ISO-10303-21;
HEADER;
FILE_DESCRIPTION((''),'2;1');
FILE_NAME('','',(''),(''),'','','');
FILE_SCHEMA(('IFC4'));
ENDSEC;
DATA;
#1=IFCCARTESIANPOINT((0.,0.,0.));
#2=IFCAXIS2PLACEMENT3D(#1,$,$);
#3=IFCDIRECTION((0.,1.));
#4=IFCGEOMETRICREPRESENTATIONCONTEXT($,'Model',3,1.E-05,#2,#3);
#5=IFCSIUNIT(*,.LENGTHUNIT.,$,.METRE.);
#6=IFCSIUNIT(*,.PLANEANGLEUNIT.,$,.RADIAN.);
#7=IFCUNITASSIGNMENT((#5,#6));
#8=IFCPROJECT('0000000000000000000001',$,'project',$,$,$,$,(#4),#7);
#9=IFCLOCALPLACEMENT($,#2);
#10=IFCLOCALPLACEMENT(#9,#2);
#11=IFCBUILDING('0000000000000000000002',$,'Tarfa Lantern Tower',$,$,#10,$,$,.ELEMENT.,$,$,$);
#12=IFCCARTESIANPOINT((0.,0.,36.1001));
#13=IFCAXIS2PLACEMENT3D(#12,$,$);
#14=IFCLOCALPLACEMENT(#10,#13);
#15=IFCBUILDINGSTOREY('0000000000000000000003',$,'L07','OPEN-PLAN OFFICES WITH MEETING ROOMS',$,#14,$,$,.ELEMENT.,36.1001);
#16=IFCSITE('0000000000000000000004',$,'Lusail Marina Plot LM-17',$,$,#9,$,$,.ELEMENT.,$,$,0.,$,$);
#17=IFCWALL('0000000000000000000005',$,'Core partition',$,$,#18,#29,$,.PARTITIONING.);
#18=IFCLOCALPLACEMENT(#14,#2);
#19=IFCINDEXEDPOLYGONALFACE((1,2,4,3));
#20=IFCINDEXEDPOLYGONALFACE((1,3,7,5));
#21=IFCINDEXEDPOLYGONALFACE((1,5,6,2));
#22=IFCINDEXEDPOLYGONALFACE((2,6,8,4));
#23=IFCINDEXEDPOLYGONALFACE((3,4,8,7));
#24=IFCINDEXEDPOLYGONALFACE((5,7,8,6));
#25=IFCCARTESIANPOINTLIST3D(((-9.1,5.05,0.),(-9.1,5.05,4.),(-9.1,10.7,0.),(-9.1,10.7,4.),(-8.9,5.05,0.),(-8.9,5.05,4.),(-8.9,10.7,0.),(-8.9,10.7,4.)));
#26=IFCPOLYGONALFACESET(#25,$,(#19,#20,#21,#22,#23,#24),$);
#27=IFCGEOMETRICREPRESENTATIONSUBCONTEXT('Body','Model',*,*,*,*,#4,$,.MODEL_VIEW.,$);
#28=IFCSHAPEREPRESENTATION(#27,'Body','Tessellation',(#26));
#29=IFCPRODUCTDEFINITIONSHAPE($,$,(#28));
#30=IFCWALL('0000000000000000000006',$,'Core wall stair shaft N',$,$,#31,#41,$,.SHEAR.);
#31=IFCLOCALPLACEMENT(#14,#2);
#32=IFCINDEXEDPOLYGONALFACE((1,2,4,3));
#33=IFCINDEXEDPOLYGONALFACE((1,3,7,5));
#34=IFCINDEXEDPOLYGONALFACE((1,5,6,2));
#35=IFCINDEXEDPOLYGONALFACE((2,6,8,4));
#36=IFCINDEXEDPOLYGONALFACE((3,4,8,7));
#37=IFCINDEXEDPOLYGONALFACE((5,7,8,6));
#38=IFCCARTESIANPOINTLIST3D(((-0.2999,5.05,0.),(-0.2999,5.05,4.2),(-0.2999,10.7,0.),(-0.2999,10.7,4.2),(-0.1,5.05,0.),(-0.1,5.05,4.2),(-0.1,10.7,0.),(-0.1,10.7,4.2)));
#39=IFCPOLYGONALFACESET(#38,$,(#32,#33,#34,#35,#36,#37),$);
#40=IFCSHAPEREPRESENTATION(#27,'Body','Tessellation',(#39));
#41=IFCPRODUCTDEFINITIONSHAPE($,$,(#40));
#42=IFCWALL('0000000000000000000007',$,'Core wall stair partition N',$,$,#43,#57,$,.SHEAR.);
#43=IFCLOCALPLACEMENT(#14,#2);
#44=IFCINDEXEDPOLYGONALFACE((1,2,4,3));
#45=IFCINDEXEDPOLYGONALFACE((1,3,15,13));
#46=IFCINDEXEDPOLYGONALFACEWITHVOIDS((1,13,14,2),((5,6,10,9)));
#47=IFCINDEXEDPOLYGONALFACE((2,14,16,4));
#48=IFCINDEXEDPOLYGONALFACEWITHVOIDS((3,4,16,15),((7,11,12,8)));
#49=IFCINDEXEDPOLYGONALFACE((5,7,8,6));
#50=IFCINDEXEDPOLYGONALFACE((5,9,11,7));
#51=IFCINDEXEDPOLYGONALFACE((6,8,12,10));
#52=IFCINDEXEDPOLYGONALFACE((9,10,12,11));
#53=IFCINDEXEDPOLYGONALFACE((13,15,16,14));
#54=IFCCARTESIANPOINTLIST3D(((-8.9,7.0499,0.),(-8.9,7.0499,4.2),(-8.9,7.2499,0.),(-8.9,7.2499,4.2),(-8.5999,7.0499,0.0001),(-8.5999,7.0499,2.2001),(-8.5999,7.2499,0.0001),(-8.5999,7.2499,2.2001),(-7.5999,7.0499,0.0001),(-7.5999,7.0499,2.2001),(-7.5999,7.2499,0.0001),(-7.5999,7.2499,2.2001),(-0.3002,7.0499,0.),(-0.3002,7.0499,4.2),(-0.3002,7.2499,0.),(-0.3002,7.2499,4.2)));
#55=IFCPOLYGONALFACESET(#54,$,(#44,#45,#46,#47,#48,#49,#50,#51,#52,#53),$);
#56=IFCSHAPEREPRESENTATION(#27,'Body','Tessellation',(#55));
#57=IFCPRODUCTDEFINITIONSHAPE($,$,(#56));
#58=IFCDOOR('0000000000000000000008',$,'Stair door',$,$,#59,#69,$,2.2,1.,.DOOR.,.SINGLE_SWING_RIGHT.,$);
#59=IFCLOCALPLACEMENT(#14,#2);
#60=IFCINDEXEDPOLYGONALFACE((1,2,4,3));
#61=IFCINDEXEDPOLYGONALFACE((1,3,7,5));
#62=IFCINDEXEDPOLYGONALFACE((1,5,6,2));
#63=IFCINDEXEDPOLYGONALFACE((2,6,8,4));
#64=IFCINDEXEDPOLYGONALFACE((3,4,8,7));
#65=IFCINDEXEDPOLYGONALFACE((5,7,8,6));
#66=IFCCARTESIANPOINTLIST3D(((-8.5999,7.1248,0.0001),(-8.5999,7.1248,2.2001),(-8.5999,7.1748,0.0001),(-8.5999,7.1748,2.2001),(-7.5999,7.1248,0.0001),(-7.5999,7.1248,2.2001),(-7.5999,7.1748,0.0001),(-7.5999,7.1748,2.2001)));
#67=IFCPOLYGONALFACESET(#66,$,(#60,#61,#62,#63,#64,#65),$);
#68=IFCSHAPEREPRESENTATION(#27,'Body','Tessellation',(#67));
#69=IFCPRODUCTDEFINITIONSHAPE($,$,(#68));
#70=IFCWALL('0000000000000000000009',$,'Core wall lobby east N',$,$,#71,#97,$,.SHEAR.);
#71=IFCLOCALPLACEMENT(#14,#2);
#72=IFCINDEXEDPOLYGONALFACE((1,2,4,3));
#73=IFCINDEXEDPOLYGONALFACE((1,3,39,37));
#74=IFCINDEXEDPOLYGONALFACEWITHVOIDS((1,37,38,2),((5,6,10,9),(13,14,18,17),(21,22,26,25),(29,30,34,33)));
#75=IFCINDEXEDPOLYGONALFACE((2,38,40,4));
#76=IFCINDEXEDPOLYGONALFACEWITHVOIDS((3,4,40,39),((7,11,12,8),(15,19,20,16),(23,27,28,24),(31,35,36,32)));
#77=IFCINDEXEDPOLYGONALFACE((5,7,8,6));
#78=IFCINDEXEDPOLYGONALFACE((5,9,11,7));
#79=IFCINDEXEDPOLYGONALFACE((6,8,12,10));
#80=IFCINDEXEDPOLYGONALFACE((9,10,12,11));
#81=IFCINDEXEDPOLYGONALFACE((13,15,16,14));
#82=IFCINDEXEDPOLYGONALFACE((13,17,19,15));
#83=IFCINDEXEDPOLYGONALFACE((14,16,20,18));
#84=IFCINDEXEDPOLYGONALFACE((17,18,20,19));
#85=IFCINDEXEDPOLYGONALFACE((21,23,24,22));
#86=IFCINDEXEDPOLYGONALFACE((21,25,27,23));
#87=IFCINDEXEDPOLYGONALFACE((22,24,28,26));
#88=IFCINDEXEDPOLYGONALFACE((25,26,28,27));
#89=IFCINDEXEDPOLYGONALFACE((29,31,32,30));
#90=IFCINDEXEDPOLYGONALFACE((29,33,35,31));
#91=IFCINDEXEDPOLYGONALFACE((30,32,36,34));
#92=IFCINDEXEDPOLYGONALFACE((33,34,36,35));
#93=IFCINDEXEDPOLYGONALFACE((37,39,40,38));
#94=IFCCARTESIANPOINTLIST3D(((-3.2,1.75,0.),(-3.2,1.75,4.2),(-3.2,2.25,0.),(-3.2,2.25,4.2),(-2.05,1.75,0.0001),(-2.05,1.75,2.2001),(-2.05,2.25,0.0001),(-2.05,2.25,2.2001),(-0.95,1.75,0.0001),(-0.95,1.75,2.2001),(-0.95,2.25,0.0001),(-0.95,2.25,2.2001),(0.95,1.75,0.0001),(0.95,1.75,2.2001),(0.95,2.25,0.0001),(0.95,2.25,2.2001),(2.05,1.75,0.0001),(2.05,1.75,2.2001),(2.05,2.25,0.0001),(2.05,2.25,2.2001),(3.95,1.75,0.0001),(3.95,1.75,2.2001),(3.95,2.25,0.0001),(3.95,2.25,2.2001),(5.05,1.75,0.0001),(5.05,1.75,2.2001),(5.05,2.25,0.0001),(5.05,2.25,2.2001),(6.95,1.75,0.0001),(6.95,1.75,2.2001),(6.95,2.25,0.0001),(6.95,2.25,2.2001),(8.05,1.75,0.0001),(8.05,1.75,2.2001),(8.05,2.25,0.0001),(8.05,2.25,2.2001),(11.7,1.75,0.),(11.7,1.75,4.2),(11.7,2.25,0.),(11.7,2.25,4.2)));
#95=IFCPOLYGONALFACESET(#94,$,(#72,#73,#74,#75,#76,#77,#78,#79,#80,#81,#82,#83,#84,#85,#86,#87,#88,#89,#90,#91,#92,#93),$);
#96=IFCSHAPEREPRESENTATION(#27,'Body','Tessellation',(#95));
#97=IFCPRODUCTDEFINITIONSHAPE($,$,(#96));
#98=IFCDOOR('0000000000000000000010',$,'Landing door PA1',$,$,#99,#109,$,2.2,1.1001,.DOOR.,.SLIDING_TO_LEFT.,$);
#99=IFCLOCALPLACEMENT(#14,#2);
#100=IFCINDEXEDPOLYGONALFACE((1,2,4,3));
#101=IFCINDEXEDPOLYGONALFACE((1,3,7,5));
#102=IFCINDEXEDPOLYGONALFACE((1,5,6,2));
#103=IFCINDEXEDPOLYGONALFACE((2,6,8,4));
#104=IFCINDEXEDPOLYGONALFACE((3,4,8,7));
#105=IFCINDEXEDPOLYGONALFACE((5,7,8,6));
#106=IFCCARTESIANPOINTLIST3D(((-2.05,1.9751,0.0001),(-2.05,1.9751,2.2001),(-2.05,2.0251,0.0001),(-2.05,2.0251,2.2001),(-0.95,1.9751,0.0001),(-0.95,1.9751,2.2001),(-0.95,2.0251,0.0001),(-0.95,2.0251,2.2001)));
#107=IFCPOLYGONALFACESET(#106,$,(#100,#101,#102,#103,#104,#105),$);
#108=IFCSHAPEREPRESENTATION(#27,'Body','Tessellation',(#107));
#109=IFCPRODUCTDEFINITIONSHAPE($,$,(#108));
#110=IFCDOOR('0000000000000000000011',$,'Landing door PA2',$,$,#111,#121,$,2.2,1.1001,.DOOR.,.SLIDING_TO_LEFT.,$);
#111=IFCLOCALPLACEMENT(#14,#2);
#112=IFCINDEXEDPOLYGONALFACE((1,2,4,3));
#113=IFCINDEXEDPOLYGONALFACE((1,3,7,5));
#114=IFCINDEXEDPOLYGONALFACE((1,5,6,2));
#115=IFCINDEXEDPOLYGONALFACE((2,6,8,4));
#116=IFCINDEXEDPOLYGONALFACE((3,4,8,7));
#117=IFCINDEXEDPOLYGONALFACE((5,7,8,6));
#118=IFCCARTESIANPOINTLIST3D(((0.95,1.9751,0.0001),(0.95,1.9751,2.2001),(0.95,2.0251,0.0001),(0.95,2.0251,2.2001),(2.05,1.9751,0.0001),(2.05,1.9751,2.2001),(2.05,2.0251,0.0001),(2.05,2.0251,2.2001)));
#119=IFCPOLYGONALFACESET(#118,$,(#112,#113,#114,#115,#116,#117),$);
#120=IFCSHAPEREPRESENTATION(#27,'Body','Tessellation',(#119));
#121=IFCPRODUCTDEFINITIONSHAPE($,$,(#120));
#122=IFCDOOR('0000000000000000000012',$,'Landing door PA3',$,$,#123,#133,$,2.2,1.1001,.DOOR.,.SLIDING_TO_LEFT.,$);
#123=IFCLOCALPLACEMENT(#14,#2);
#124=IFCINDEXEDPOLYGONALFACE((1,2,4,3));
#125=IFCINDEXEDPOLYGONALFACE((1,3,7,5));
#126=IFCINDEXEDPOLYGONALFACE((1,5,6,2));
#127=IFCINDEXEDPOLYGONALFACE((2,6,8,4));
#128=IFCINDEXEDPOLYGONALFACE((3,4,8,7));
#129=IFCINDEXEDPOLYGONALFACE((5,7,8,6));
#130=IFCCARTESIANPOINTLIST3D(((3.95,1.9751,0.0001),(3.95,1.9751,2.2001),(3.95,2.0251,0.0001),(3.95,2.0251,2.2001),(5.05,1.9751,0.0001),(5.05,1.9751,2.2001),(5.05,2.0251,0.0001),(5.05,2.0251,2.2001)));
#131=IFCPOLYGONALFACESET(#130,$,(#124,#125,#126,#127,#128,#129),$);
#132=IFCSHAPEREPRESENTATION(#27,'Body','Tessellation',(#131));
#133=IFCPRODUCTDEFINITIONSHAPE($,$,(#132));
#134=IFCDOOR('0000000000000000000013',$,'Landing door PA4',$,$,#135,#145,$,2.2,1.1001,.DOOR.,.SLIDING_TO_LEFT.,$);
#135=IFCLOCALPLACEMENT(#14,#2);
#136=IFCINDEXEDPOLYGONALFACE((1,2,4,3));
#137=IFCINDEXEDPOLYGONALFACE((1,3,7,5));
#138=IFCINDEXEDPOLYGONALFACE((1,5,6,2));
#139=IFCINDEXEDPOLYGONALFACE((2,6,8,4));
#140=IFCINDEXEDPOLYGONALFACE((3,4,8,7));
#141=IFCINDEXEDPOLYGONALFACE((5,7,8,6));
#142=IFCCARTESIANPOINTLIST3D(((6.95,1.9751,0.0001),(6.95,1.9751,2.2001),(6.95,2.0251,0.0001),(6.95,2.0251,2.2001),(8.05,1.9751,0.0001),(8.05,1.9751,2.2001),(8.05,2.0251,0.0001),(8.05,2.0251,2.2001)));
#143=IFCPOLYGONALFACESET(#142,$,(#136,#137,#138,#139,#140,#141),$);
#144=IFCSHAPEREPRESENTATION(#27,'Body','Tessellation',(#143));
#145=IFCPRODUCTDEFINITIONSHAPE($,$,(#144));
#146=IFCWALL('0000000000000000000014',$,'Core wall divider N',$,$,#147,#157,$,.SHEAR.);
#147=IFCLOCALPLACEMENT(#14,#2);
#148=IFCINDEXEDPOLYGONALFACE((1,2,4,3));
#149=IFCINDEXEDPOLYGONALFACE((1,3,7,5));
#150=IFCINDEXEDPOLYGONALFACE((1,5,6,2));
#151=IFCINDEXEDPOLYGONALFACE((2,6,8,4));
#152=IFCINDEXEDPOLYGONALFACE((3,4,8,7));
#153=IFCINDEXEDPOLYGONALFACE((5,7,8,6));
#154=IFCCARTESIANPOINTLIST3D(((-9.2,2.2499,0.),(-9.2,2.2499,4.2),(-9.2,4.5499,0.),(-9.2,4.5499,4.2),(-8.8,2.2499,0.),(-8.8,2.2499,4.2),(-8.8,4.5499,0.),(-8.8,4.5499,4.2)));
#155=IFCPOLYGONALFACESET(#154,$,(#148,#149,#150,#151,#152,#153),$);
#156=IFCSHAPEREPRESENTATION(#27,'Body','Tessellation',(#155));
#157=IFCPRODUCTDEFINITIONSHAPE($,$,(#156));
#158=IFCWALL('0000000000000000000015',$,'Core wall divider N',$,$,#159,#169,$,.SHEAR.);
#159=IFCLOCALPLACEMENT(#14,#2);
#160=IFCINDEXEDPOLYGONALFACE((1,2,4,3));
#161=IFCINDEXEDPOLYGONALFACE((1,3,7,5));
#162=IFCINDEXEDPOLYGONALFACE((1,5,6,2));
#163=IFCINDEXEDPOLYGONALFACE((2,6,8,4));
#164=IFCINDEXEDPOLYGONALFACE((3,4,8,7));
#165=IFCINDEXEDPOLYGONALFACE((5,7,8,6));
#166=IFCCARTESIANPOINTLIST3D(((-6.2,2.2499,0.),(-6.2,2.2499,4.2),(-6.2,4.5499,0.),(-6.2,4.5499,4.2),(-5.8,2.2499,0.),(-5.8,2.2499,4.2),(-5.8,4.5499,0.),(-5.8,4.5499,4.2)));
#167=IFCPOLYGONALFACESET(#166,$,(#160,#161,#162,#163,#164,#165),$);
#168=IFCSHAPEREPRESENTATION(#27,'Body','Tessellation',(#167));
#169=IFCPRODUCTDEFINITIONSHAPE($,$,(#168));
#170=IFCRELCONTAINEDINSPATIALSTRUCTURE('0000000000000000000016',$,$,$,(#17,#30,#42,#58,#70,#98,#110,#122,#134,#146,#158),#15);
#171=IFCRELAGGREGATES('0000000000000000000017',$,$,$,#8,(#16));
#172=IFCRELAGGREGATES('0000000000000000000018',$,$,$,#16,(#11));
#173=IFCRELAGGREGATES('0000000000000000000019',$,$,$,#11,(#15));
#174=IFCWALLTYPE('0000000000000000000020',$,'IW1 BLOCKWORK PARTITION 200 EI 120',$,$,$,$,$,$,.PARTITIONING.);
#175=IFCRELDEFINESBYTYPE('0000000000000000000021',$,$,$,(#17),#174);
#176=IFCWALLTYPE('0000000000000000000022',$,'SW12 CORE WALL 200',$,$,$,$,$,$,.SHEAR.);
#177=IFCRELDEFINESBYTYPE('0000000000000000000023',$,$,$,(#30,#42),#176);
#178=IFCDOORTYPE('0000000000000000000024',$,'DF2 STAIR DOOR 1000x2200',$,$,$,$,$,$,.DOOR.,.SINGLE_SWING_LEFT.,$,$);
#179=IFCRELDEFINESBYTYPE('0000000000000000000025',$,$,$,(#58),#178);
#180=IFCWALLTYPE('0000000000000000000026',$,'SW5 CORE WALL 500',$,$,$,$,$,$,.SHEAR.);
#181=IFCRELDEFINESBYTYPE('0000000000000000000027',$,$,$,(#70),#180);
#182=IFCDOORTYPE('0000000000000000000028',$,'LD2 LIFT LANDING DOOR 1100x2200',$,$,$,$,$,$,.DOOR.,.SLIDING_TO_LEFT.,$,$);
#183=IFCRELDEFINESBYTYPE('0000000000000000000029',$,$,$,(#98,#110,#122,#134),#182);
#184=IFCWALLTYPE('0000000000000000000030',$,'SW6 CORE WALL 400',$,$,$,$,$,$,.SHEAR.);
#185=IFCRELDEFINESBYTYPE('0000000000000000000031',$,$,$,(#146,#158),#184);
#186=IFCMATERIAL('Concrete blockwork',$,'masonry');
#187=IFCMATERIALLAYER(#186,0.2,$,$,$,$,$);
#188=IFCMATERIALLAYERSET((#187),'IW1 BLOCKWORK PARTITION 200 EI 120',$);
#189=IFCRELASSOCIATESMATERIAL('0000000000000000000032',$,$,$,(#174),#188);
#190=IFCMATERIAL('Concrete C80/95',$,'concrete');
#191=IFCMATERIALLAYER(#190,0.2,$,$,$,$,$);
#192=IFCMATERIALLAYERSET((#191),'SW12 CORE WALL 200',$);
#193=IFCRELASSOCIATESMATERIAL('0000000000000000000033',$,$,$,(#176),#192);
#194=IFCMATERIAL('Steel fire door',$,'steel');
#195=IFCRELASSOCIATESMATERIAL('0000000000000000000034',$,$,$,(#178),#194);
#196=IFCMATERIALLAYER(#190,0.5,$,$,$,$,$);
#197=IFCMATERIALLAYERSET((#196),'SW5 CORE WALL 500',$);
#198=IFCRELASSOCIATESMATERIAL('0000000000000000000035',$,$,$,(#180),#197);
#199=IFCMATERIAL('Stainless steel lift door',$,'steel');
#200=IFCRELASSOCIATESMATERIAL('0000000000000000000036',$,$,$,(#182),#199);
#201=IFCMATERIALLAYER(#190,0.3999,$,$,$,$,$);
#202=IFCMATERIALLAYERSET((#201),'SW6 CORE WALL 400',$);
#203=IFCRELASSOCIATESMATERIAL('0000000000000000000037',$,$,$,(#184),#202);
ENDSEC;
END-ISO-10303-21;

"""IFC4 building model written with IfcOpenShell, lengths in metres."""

from ifc_helpers import new_model, si_unit, direction, frame, frame_2d, origin, place, context, subcontext, project, spatial, rectangle, extrude, material, layer, layer_set, type_object, element, fill, save


model = new_model("IFC4")

# Units and contexts
model_context = context("Model", 3, precision=1e-05, world=origin(), true_north=direction((0.0, 1.0)))
body_context = subcontext(model_context, "Body", "Model", "MODEL_VIEW")
ifc_project = project(units=[si_unit("LENGTHUNIT", "METRE"), si_unit("PLANEANGLEUNIT", "RADIAN")], contexts=[model_context])

# Site, building, storey
site_placement = place(None, origin())
site = spatial("IfcSite", under=ifc_project, at=site_placement, Name="Lusail Marina Plot LM-17", CompositionType="ELEMENT", RefElevation=0.0)
building_placement = place(site_placement, origin())
building = spatial("IfcBuilding", under=site, at=building_placement, Name="Tarfa Lantern Tower", CompositionType="ELEMENT")
storey_placement = place(building_placement, frame((0.0, 0.0, 36.1001)))
storey = spatial("IfcBuildingStorey", under=building, at=storey_placement, Name="L07", Description="OPEN-PLAN OFFICES WITH MEETING ROOMS", CompositionType="ELEMENT", Elevation=36.1001)

# Walls
ifc_material_1 = material(Name="Concrete blockwork", Category="masonry")
ifc_layer_1 = layer(ifc_material_1, 0.2)
ifc_layer_set_1 = layer_set([ifc_layer_1], Name="IW1 BLOCKWORK PARTITION 200 EI 120")
wall_type_1 = type_object("IfcWallType", Name="IW1 BLOCKWORK PARTITION 200 EI 120", PredefinedType="PARTITIONING", material=ifc_layer_set_1)
wall_1_placement = place(storey_placement, frame((-9.0, 5.05, 0.0), z_axis=(0.0, 0.0, 1.0), x_axis=(0.0, 1.0, 0.0)))
element("IfcWall", 1, at=wall_1_placement, inside=storey, type_object=wall_type_1, Name="Core partition", PredefinedType="PARTITIONING", context=body_context, shape_type="SweptSolid", body=[
    extrude(rectangle(XDim=5.6499, YDim=0.2, at=frame_2d((2.825, 0.0))), origin(), (0.0, 0.0, 1.0), 4.0),
])
ifc_material_2 = material(Name="Concrete C80/95", Category="concrete")
ifc_layer_2 = layer(ifc_material_2, 0.2)
ifc_layer_set_2 = layer_set([ifc_layer_2], Name="SW12 CORE WALL 200")
wall_type_2 = type_object("IfcWallType", Name="SW12 CORE WALL 200", PredefinedType="SHEAR", material=ifc_layer_set_2)
wall_2_placement = place(storey_placement, frame((-0.2, 5.05, 0.0), z_axis=(0.0, 0.0, 1.0), x_axis=(0.0, 1.0, 0.0)))
element("IfcWall", 2, at=wall_2_placement, inside=storey, type_object=wall_type_2, Name="Core wall stair shaft N", PredefinedType="SHEAR", context=body_context, shape_type="SweptSolid", body=[
    extrude(rectangle(XDim=5.6499, YDim=0.2, at=frame_2d((2.825, 0.0))), origin(), (0.0, 0.0, 1.0), 4.2),
])

# Wall, opening, door
wall_3_placement = place(storey_placement, frame((-8.8999, 7.1499, 0.0), z_axis=(0.0, 0.0, 1.0), x_axis=(1.0, 0.0, 0.0)))
wall_3 = element("IfcWall", 3, at=wall_3_placement, inside=storey, type_object=wall_type_2, Name="Core wall stair partition N", PredefinedType="SHEAR", context=body_context, shape_type="SweptSolid", body=[
    extrude(rectangle(XDim=8.5999, YDim=0.2, at=frame_2d((4.2998, 0.0))), origin(), (0.0, 0.0, 1.0), 4.2),
])
opening_1_placement = place(wall_3_placement, frame((0.3, 0.0, 0.0)))
opening_1 = element("IfcOpeningElement", 4, at=opening_1_placement, cuts=wall_3, PredefinedType="OPENING", context=body_context, shape_type="SweptSolid", body=[
    extrude(rectangle(XDim=1.0, YDim=2.2, at=frame_2d((0.5, 1.1001))), frame((0.0, 0.1099, 0.0), z_axis=(0.0, -1.0, 0.0), x_axis=(1.0, 0.0, 0.0)), (0.0, 0.0, 1.0), 0.22),
])
ifc_material_3 = material(Name="Steel fire door", Category="steel")
door_type_1 = type_object("IfcDoorType", Name="DF2 STAIR DOOR 1000x2200", OperationType="SINGLE_SWING_LEFT", PredefinedType="DOOR", material=ifc_material_3)
door_1_placement = place(opening_1_placement, origin())
door_1 = element("IfcDoor", 5, at=door_1_placement, inside=storey, type_object=door_type_1, Name="Stair door", OperationType="SINGLE_SWING_RIGHT", OverallHeight=2.2, OverallWidth=1.0, PredefinedType="DOOR", context=body_context, shape_type="SweptSolid", body=[
    extrude(rectangle(XDim=1.0, YDim=2.2, at=frame_2d((0.5, 1.1001))), frame((0.0, 0.0249, 0.0), z_axis=(0.0, -1.0, 0.0), x_axis=(1.0, 0.0, 0.0)), (0.0, 0.0, 1.0), 0.05),
])
fill(opening_1, door_1)

# Wall, openings, doors
ifc_layer_3 = layer(ifc_material_2, 0.5)
ifc_layer_set_3 = layer_set([ifc_layer_3], Name="SW5 CORE WALL 500")
wall_type_3 = type_object("IfcWallType", Name="SW5 CORE WALL 500", PredefinedType="SHEAR", material=ifc_layer_set_3)
wall_4_placement = place(storey_placement, frame((-3.2, 2.0, 0.0), z_axis=(0.0, 0.0, 1.0), x_axis=(1.0, 0.0, 0.0)))
wall_4 = element("IfcWall", 6, at=wall_4_placement, inside=storey, type_object=wall_type_3, Name="Core wall lobby east N", PredefinedType="SHEAR", context=body_context, shape_type="SweptSolid", body=[
    extrude(rectangle(XDim=14.8999, YDim=0.5, at=frame_2d((7.45, 0.0))), origin(), (0.0, 0.0, 1.0), 4.2),
])
opening_2_placement = place(wall_4_placement, frame((1.1499, 0.0, 0.0)))
opening_2 = element("IfcOpeningElement", 7, at=opening_2_placement, cuts=wall_4, PredefinedType="OPENING", context=body_context, shape_type="SweptSolid", body=[
    extrude(rectangle(XDim=1.1001, YDim=2.2, at=frame_2d((0.55, 1.1001))), frame((0.0, 0.26, 0.0), z_axis=(0.0, -1.0, 0.0), x_axis=(1.0, 0.0, 0.0)), (0.0, 0.0, 1.0), 0.52),
])
opening_3_placement = place(wall_4_placement, frame((4.1499, 0.0, 0.0)))
opening_3 = element("IfcOpeningElement", 8, at=opening_3_placement, cuts=wall_4, PredefinedType="OPENING", context=body_context, shape_type="SweptSolid", body=[
    extrude(rectangle(XDim=1.1001, YDim=2.2, at=frame_2d((0.55, 1.1001))), frame((0.0, 0.26, 0.0), z_axis=(0.0, -1.0, 0.0), x_axis=(1.0, 0.0, 0.0)), (0.0, 0.0, 1.0), 0.52),
])
opening_4_placement = place(wall_4_placement, frame((7.1499, 0.0, 0.0)))
opening_4 = element("IfcOpeningElement", 9, at=opening_4_placement, cuts=wall_4, PredefinedType="OPENING", context=body_context, shape_type="SweptSolid", body=[
    extrude(rectangle(XDim=1.1001, YDim=2.2, at=frame_2d((0.55, 1.1001))), frame((0.0, 0.26, 0.0), z_axis=(0.0, -1.0, 0.0), x_axis=(1.0, 0.0, 0.0)), (0.0, 0.0, 1.0), 0.52),
])
opening_5_placement = place(wall_4_placement, frame((10.1499, 0.0, 0.0)))
opening_5 = element("IfcOpeningElement", 10, at=opening_5_placement, cuts=wall_4, PredefinedType="OPENING", context=body_context, shape_type="SweptSolid", body=[
    extrude(rectangle(XDim=1.1001, YDim=2.2, at=frame_2d((0.55, 1.1001))), frame((0.0, 0.26, 0.0), z_axis=(0.0, -1.0, 0.0), x_axis=(1.0, 0.0, 0.0)), (0.0, 0.0, 1.0), 0.52),
])
ifc_material_4 = material(Name="Stainless steel lift door", Category="steel")
door_type_2 = type_object("IfcDoorType", Name="LD2 LIFT LANDING DOOR 1100x2200", OperationType="SLIDING_TO_LEFT", PredefinedType="DOOR", material=ifc_material_4)
door_2_placement = place(opening_2_placement, frame((1.1001, 0.0, 0.0), z_axis=(0.0, 0.0, 1.0), x_axis=(-1.0, 0.0, 0.0)))
door_2 = element("IfcDoor", 11, at=door_2_placement, inside=storey, type_object=door_type_2, Name="Landing door PA1", OperationType="SLIDING_TO_LEFT", OverallHeight=2.2, OverallWidth=1.1001, PredefinedType="DOOR", context=body_context, shape_type="SweptSolid", body=[
    extrude(rectangle(XDim=1.1001, YDim=2.2, at=frame_2d((0.55, 1.1001))), frame((0.0, 0.0249, 0.0), z_axis=(0.0, -1.0, 0.0), x_axis=(1.0, 0.0, 0.0)), (0.0, 0.0, 1.0), 0.05),
])
fill(opening_2, door_2)
door_3_placement = place(opening_3_placement, frame((1.1001, 0.0, 0.0), z_axis=(0.0, 0.0, 1.0), x_axis=(-1.0, 0.0, 0.0)))
door_3 = element("IfcDoor", 12, at=door_3_placement, inside=storey, type_object=door_type_2, Name="Landing door PA2", OperationType="SLIDING_TO_LEFT", OverallHeight=2.2, OverallWidth=1.1001, PredefinedType="DOOR", context=body_context, shape_type="SweptSolid", body=[
    extrude(rectangle(XDim=1.1001, YDim=2.2, at=frame_2d((0.55, 1.1001))), frame((0.0, 0.0249, 0.0), z_axis=(0.0, -1.0, 0.0), x_axis=(1.0, 0.0, 0.0)), (0.0, 0.0, 1.0), 0.05),
])
fill(opening_3, door_3)
door_4_placement = place(opening_4_placement, frame((1.1001, 0.0, 0.0), z_axis=(0.0, 0.0, 1.0), x_axis=(-1.0, 0.0, 0.0)))
door_4 = element("IfcDoor", 13, at=door_4_placement, inside=storey, type_object=door_type_2, Name="Landing door PA3", OperationType="SLIDING_TO_LEFT", OverallHeight=2.2, OverallWidth=1.1001, PredefinedType="DOOR", context=body_context, shape_type="SweptSolid", body=[
    extrude(rectangle(XDim=1.1001, YDim=2.2, at=frame_2d((0.55, 1.1001))), frame((0.0, 0.0249, 0.0), z_axis=(0.0, -1.0, 0.0), x_axis=(1.0, 0.0, 0.0)), (0.0, 0.0, 1.0), 0.05),
])
fill(opening_4, door_4)
door_5_placement = place(opening_5_placement, frame((1.1001, 0.0, 0.0), z_axis=(0.0, 0.0, 1.0), x_axis=(-1.0, 0.0, 0.0)))
door_5 = element("IfcDoor", 14, at=door_5_placement, inside=storey, type_object=door_type_2, Name="Landing door PA4", OperationType="SLIDING_TO_LEFT", OverallHeight=2.2, OverallWidth=1.1001, PredefinedType="DOOR", context=body_context, shape_type="SweptSolid", body=[
    extrude(rectangle(XDim=1.1001, YDim=2.2, at=frame_2d((0.55, 1.1001))), frame((0.0, 0.0249, 0.0), z_axis=(0.0, -1.0, 0.0), x_axis=(1.0, 0.0, 0.0)), (0.0, 0.0, 1.0), 0.05),
])
fill(opening_5, door_5)

# Walls
ifc_layer_4 = layer(ifc_material_2, 0.3999)
ifc_layer_set_4 = layer_set([ifc_layer_4], Name="SW6 CORE WALL 400")
wall_type_4 = type_object("IfcWallType", Name="SW6 CORE WALL 400", PredefinedType="SHEAR", material=ifc_layer_set_4)
for number, where, z_axis, x_axis, name in (
    (15, (-9.0, 2.25, 0.0), (0.0, 0.0, 1.0), (0.0, 1.0, 0.0), "Core wall divider N"),
    (16, (-6.0, 2.25, 0.0), (0.0, 0.0, 1.0), (0.0, 1.0, 0.0), "Core wall divider N"),
):
    element("IfcWall", number, at=place(storey_placement, frame(where, z_axis=z_axis, x_axis=x_axis)), inside=storey, type_object=wall_type_4, Name=name, PredefinedType="SHEAR", context=body_context, shape_type="SweptSolid", body=[
        extrude(rectangle(XDim=2.3, YDim=0.3999, at=frame_2d((1.1499, 0.0))), origin(), (0.0, 0.0, 1.0), 4.2),
    ])

save(model, "model.ifc")
